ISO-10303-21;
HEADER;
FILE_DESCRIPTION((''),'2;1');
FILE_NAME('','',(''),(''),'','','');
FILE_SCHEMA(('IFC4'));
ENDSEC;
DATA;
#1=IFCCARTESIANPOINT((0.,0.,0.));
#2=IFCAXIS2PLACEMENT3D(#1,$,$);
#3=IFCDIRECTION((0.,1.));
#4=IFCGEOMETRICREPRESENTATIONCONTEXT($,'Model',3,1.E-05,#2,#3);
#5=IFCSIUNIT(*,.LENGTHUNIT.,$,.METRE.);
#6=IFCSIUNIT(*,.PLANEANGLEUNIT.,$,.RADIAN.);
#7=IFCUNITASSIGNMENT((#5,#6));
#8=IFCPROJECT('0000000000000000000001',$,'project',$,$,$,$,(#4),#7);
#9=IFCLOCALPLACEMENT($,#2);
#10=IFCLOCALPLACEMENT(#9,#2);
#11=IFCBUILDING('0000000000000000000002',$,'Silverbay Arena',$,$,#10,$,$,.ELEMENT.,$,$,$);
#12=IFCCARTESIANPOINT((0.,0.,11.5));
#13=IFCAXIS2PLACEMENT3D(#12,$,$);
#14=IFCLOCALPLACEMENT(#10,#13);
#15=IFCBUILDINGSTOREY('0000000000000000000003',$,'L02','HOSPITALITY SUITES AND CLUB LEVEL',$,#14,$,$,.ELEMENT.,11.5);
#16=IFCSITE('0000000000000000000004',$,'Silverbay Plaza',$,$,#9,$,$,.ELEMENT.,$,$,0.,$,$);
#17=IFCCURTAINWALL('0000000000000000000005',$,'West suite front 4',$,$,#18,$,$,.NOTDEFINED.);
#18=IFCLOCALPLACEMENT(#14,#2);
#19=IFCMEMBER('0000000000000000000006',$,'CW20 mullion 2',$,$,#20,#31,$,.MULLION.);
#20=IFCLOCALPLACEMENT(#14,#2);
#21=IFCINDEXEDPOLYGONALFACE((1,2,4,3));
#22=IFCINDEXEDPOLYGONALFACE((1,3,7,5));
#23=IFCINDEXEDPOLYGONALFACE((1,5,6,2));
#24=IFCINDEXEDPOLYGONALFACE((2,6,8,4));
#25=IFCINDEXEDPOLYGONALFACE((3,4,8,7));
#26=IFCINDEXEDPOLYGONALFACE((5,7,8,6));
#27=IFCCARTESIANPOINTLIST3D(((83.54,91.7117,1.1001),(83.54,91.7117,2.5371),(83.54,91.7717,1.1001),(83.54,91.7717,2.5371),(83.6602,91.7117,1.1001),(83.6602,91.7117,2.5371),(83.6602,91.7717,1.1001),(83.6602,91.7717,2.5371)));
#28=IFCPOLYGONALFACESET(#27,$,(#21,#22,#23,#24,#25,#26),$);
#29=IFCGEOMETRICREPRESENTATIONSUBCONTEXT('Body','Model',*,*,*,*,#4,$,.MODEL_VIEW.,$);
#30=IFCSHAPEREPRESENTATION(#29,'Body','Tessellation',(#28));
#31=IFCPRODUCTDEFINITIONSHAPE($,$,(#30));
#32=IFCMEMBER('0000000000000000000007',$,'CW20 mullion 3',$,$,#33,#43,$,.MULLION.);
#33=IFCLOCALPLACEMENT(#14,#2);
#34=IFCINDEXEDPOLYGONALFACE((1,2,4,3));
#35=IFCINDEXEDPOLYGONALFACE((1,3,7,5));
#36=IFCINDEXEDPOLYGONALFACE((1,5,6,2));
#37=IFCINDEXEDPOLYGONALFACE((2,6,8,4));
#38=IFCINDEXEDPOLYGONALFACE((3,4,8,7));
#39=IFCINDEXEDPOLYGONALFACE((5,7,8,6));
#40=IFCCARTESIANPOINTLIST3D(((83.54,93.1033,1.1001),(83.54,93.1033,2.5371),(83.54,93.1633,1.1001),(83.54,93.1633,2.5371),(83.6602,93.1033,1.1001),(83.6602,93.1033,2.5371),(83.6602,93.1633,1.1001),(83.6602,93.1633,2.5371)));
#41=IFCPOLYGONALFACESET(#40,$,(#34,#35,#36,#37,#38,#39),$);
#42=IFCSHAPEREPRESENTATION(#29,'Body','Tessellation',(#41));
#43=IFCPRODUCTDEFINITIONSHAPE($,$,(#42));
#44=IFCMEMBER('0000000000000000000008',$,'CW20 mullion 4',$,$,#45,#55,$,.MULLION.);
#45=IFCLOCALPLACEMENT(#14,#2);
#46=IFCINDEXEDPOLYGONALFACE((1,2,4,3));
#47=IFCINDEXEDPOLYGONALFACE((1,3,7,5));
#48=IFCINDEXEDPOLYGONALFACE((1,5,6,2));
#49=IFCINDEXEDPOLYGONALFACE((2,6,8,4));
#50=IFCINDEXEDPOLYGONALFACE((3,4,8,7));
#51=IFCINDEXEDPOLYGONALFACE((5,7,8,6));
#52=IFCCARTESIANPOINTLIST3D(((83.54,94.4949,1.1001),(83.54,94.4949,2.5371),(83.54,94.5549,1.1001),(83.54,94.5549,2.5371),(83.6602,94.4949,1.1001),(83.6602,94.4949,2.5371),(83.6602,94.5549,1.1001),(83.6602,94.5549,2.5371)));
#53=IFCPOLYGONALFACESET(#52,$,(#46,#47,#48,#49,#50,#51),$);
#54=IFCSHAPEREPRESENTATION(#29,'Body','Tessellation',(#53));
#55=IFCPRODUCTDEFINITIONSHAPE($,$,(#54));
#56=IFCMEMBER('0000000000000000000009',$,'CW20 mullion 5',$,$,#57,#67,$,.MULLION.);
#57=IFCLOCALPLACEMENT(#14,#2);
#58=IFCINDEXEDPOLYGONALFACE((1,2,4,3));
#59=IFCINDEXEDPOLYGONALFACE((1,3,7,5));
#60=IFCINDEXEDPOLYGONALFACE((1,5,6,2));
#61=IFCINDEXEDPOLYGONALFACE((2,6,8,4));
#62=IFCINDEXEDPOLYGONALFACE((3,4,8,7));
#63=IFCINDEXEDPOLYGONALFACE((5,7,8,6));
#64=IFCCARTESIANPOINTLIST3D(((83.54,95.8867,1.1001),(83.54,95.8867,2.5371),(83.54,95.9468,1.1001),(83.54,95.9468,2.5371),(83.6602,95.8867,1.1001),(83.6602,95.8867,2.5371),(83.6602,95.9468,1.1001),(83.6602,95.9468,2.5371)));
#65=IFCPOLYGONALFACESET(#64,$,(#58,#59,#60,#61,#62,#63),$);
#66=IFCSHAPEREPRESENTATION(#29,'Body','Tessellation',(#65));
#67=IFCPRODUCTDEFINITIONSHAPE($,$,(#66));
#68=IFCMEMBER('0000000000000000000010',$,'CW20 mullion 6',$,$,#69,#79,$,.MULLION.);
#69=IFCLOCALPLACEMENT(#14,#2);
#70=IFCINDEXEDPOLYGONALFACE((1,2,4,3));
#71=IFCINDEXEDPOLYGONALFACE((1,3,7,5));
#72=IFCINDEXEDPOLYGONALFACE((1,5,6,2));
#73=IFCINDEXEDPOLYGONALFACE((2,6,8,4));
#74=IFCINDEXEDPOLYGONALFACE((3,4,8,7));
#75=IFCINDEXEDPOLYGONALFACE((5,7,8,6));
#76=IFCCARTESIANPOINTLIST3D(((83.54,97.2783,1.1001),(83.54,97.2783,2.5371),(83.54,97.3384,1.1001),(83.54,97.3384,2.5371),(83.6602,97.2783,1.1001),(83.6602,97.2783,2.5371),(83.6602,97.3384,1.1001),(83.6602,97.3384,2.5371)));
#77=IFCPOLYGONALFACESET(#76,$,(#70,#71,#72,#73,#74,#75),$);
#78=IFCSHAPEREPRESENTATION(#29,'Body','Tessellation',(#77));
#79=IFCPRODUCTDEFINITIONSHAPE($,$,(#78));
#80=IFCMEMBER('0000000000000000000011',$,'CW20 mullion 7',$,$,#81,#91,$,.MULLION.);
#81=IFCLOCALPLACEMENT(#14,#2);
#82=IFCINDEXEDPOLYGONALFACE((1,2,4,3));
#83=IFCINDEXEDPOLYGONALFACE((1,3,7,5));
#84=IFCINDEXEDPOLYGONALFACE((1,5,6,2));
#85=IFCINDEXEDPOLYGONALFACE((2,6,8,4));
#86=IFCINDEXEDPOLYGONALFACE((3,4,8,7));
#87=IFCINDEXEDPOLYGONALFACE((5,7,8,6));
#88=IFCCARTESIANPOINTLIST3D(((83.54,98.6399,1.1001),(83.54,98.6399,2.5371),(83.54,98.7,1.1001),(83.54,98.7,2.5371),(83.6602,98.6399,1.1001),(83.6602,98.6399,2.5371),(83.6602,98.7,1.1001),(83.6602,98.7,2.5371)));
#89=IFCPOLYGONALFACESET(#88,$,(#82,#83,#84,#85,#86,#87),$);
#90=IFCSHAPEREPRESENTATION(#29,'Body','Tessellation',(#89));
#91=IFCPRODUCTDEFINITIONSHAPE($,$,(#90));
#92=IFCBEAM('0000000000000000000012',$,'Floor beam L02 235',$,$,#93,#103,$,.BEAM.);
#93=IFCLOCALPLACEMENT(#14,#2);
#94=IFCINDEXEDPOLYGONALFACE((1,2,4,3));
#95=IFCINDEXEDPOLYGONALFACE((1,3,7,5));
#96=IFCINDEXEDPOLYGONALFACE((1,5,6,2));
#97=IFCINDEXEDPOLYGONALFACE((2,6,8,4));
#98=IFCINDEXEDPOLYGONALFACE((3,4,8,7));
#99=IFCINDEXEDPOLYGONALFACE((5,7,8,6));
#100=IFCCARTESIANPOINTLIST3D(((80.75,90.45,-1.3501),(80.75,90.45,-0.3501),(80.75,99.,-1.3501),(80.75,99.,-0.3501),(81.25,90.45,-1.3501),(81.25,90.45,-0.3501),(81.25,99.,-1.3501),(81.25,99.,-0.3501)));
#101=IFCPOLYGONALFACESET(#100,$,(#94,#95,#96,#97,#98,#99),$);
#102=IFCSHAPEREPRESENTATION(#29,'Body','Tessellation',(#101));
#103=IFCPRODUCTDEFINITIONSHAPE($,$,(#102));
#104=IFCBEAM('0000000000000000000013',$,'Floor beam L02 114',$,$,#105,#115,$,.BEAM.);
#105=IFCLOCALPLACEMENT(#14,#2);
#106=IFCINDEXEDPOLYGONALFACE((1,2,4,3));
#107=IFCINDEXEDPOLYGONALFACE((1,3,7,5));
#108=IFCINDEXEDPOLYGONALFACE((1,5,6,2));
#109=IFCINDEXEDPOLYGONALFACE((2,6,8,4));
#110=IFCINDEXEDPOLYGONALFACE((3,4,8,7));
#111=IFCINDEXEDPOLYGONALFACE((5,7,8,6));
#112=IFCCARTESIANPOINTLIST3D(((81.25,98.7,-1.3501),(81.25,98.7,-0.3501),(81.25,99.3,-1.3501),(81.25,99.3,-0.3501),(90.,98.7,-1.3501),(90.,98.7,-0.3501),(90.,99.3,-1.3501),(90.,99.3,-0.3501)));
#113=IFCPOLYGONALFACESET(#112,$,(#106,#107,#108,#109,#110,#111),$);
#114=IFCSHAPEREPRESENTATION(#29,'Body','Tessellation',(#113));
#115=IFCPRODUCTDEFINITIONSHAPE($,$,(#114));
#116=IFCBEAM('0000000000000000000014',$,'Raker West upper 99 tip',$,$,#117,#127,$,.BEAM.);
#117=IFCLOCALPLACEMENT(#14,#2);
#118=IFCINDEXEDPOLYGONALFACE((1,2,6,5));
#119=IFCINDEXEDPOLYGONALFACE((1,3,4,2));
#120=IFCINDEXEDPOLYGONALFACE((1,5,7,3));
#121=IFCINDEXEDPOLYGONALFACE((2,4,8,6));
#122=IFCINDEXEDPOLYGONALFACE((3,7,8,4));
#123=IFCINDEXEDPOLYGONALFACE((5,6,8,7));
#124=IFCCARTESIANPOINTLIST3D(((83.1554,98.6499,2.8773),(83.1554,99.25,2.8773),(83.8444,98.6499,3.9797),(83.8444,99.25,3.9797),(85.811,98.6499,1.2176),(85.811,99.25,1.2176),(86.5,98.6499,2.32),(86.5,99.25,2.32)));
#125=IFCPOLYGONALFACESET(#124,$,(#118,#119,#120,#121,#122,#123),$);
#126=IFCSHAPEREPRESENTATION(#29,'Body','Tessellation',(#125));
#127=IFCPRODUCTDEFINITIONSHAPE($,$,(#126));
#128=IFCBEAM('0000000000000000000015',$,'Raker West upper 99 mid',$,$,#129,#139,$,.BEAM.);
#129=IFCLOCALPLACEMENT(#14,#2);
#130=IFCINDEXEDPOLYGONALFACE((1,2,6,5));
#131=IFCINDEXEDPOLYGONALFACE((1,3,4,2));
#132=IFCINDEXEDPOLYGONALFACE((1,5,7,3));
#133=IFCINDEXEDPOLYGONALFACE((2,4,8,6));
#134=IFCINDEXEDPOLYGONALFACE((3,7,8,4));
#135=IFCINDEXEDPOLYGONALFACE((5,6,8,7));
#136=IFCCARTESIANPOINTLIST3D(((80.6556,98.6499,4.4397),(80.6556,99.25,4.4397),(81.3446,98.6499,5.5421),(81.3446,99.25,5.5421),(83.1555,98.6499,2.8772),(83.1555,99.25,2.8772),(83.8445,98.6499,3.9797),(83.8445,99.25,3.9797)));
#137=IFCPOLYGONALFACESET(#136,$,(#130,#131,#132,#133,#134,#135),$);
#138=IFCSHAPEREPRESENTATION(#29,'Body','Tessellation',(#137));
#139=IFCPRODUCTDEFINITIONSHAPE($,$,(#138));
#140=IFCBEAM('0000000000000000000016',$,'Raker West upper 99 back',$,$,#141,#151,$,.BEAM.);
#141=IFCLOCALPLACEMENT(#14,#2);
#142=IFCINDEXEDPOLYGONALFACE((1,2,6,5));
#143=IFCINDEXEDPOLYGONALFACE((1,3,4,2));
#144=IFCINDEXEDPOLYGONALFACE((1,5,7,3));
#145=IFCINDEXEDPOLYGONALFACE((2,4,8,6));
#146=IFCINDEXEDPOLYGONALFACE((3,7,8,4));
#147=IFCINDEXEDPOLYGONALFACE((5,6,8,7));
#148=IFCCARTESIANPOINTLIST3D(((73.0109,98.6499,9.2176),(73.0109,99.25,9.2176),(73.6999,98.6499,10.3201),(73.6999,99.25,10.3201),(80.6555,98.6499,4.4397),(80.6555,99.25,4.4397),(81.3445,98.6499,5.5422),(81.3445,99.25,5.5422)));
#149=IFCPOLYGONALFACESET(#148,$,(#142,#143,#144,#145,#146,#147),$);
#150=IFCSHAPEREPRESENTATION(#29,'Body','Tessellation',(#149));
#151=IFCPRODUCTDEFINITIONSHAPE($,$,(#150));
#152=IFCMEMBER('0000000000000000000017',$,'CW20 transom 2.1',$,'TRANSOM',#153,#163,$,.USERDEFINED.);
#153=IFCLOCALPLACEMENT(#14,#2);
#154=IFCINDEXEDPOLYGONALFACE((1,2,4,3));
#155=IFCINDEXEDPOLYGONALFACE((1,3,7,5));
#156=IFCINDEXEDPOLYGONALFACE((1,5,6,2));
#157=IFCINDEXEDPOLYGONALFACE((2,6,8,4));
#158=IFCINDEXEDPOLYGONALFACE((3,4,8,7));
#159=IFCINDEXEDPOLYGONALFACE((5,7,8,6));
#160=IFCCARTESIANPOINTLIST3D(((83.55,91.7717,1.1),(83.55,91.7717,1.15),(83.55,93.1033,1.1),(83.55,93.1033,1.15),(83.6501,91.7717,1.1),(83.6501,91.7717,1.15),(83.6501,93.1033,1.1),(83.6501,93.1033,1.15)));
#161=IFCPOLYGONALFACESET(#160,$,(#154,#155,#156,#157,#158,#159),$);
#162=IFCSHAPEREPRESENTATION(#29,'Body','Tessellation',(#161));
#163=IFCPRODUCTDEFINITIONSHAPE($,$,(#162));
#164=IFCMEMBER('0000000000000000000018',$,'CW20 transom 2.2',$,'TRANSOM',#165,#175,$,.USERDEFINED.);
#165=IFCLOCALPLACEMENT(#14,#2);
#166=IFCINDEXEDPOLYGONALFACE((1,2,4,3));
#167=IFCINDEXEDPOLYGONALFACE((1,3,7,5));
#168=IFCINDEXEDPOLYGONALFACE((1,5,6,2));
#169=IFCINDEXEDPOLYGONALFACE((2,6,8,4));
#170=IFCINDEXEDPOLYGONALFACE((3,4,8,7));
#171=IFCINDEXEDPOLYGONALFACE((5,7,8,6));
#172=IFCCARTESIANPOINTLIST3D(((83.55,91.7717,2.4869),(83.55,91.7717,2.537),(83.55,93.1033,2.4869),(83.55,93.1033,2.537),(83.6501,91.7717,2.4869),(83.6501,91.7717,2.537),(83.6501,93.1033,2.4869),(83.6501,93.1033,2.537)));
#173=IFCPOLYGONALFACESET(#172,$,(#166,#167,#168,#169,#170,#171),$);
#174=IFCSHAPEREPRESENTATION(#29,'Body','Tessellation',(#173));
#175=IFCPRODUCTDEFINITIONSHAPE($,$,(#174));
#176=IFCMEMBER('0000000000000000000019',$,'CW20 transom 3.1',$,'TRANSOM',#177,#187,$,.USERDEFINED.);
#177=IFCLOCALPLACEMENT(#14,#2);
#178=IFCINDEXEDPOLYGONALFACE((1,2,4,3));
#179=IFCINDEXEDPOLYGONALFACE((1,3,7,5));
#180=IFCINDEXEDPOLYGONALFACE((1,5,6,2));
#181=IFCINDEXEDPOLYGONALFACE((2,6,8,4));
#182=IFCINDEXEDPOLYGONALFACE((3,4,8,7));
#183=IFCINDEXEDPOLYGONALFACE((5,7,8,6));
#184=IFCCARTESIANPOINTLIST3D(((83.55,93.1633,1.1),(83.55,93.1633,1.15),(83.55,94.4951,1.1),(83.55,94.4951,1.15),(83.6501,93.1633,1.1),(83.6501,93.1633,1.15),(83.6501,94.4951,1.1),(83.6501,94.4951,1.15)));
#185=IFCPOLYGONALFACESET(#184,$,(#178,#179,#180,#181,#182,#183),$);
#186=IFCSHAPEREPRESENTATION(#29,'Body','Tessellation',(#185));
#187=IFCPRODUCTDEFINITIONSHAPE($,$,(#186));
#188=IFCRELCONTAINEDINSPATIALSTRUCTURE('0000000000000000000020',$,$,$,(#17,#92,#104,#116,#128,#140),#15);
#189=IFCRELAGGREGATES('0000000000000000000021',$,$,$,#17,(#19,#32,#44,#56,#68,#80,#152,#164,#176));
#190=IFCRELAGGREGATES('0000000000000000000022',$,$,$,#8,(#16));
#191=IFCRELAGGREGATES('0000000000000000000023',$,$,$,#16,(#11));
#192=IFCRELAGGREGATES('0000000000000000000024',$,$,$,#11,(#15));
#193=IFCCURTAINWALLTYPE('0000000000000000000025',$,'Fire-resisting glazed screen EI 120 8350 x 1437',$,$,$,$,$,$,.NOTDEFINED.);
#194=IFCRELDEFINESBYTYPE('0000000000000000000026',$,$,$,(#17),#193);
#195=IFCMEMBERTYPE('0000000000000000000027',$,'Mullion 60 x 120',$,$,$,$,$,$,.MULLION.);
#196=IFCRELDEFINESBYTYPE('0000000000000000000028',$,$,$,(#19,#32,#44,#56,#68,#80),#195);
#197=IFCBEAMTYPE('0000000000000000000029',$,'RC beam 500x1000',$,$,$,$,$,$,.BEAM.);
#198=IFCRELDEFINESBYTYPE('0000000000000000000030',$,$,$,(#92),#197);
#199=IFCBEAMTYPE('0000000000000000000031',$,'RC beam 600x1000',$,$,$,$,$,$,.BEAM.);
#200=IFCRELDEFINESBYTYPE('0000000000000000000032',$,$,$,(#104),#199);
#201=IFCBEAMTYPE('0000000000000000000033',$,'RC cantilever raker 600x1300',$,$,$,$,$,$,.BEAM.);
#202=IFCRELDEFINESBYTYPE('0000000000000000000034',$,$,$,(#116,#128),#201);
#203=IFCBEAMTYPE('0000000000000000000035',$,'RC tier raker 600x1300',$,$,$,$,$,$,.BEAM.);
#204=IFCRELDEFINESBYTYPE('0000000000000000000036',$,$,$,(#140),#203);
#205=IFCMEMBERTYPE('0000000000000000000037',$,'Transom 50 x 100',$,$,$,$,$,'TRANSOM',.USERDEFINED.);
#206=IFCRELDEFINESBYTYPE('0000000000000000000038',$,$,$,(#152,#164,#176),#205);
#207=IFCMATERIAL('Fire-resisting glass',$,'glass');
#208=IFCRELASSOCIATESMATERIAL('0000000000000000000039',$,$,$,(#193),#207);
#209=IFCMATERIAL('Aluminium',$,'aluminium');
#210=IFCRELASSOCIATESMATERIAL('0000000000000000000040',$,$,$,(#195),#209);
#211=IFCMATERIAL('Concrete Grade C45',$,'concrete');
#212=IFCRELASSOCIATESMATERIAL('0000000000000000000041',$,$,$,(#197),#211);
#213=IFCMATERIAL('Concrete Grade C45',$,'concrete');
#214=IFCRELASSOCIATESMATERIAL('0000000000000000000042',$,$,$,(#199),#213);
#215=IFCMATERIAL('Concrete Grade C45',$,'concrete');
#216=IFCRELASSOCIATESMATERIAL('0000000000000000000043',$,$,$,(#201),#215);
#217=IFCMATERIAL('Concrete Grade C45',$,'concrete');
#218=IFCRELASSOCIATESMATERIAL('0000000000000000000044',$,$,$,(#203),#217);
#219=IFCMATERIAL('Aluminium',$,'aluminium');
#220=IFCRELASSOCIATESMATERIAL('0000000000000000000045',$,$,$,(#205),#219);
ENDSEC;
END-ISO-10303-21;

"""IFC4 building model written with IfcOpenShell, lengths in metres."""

from ifc_helpers import new_model, si_unit, direction, frame, origin, origin_2d, place, context, subcontext, project, spatial, rectangle, extrude, material, material_profile, profile_set, type_object, element, aggregate, save


model = new_model("IFC4")

# Units and contexts
model_context = context("Model", 3, precision=1e-05, world=origin(), true_north=direction((0.0, 1.0)))
body_context = subcontext(model_context, "Body", "Model", "MODEL_VIEW")
ifc_project = project(units=[si_unit("LENGTHUNIT", "METRE"), si_unit("PLANEANGLEUNIT", "RADIAN")], contexts=[model_context])

# Site, building, storey
site_placement = place(None, origin())
site = spatial("IfcSite", under=ifc_project, at=site_placement, Name="Silverbay Plaza", CompositionType="ELEMENT", RefElevation=0.0)
building_placement = place(site_placement, origin())
building = spatial("IfcBuilding", under=site, at=building_placement, Name="Silverbay Arena", CompositionType="ELEMENT")
storey_placement = place(building_placement, frame((0.0, 0.0, 11.5)))
storey = spatial("IfcBuildingStorey", under=building, at=storey_placement, Name="L02", Description="HOSPITALITY SUITES AND CLUB LEVEL", CompositionType="ELEMENT", Elevation=11.5)

# Curtain wall, members
ifc_material_1 = material(Name="Fire-resisting glass", Category="glass")
curtain_wall_type = type_object("IfcCurtainWallType", Name="Fire-resisting glazed screen EI 120 8350 x 1437", PredefinedType="NOTDEFINED", material=ifc_material_1)
curtain_wall_placement = place(storey_placement, origin())
curtain_wall = element("IfcCurtainWall", 1, at=curtain_wall_placement, inside=storey, type_object=curtain_wall_type, Name="West suite front 4", PredefinedType="NOTDEFINED")
ifc_material_2 = material(Name="Aluminium", Category="aluminium")
ifc_material_profile_1 = material_profile(ifc_material_2, rectangle(XDim=0.1201, YDim=0.0601, at=origin_2d()), Name="Mullion 60 x 120")
ifc_profile_set_1 = profile_set([ifc_material_profile_1], Name="Aluminium")
member_type_1 = type_object("IfcMemberType", Name="Mullion 60 x 120", PredefinedType="MULLION", material=ifc_profile_set_1)
member_1_placement = place(storey_placement, frame((83.6001, 91.7417, 1.1001), z_axis=(0.0, 0.0, 1.0), x_axis=(-1.0, 0.0, 0.0)))
member_1 = element("IfcMember", 2, at=member_1_placement, type_object=member_type_1, Name="CW20 mullion 2", PredefinedType="MULLION", context=body_context, shape_type="SweptSolid", body=[
    extrude(rectangle(XDim=0.1201, YDim=0.0601, at=origin_2d()), origin(), (0.0, 0.0, 1.0), 1.437),
])
member_2_placement = place(storey_placement, frame((83.6001, 93.1333, 1.1001), z_axis=(0.0, 0.0, 1.0), x_axis=(-1.0, 0.0, 0.0)))
member_2 = element("IfcMember", 3, at=member_2_placement, type_object=member_type_1, Name="CW20 mullion 3", PredefinedType="MULLION", context=body_context, shape_type="SweptSolid", body=[
    extrude(rectangle(XDim=0.1201, YDim=0.0601, at=origin_2d()), origin(), (0.0, 0.0, 1.0), 1.437),
])
member_3_placement = place(storey_placement, frame((83.6001, 94.5249, 1.1001), z_axis=(0.0, 0.0, 1.0), x_axis=(-1.0, 0.0, 0.0)))
member_3 = element("IfcMember", 4, at=member_3_placement, type_object=member_type_1, Name="CW20 mullion 4", PredefinedType="MULLION", context=body_context, shape_type="SweptSolid", body=[
    extrude(rectangle(XDim=0.1201, YDim=0.0601, at=origin_2d()), origin(), (0.0, 0.0, 1.0), 1.437),
])
member_4_placement = place(storey_placement, frame((83.6001, 95.9167, 1.1001), z_axis=(0.0, 0.0, 1.0), x_axis=(-1.0, 0.0, 0.0)))
member_4 = element("IfcMember", 5, at=member_4_placement, type_object=member_type_1, Name="CW20 mullion 5", PredefinedType="MULLION", context=body_context, shape_type="SweptSolid", body=[
    extrude(rectangle(XDim=0.1201, YDim=0.0601, at=origin_2d()), origin(), (0.0, 0.0, 1.0), 1.437),
])
member_5_placement = place(storey_placement, frame((83.6001, 97.3083, 1.1001), z_axis=(0.0, 0.0, 1.0), x_axis=(-1.0, 0.0, 0.0)))
member_5 = element("IfcMember", 6, at=member_5_placement, type_object=member_type_1, Name="CW20 mullion 6", PredefinedType="MULLION", context=body_context, shape_type="SweptSolid", body=[
    extrude(rectangle(XDim=0.1201, YDim=0.0601, at=origin_2d()), origin(), (0.0, 0.0, 1.0), 1.437),
])
member_6_placement = place(storey_placement, frame((83.6001, 98.6699, 1.1001), z_axis=(0.0, 0.0, 1.0), x_axis=(-1.0, 0.0, 0.0)))
member_6 = element("IfcMember", 7, at=member_6_placement, type_object=member_type_1, Name="CW20 mullion 7", PredefinedType="MULLION", context=body_context, shape_type="SweptSolid", body=[
    extrude(rectangle(XDim=0.1201, YDim=0.0601, at=origin_2d()), origin(), (0.0, 0.0, 1.0), 1.437),
])

# Beams
ifc_material_3 = material(Name="Concrete Grade C45", Category="concrete")
ifc_material_profile_2 = material_profile(ifc_material_3, rectangle(XDim=0.5, YDim=1.0, at=origin_2d()), Name="RC 500x1000")
ifc_profile_set_2 = profile_set([ifc_material_profile_2], Name="Concrete Grade C45")
beam_type_1 = type_object("IfcBeamType", Name="RC beam 500x1000", PredefinedType="BEAM", material=ifc_profile_set_2)
beam_1_placement = place(storey_placement, frame((81.0, 90.45, -0.8501), z_axis=(0.0, 1.0, 0.0), x_axis=(-1.0, 0.0, 0.0)))
element("IfcBeam", 8, at=beam_1_placement, inside=storey, type_object=beam_type_1, Name="Floor beam L02 235", PredefinedType="BEAM", context=body_context, shape_type="SweptSolid", body=[
    extrude(rectangle(XDim=0.5, YDim=1.0, at=origin_2d()), origin(), (0.0, 0.0, 1.0), 8.55),
])
ifc_material_4 = material(Name="Concrete Grade C45", Category="concrete")
ifc_material_profile_3 = material_profile(ifc_material_4, rectangle(XDim=0.6001, YDim=1.0, at=origin_2d()), Name="RC 600x1000")
ifc_profile_set_3 = profile_set([ifc_material_profile_3], Name="Concrete Grade C45")
beam_type_2 = type_object("IfcBeamType", Name="RC beam 600x1000", PredefinedType="BEAM", material=ifc_profile_set_3)
beam_2_placement = place(storey_placement, frame((81.25, 99.0, -0.8501), z_axis=(1.0, 0.0, 0.0), x_axis=(0.0, 1.0, 0.0)))
element("IfcBeam", 9, at=beam_2_placement, inside=storey, type_object=beam_type_2, Name="Floor beam L02 114", PredefinedType="BEAM", context=body_context, shape_type="SweptSolid", body=[
    extrude(rectangle(XDim=0.6001, YDim=1.0, at=origin_2d()), origin(), (0.0, 0.0, 1.0), 8.75),
])
ifc_material_5 = material(Name="Concrete Grade C45", Category="concrete")
ifc_material_profile_4 = material_profile(ifc_material_5, rectangle(XDim=0.6001, YDim=1.3, at=origin_2d()), Name="RC 600x1300")
ifc_profile_set_4 = profile_set([ifc_material_profile_4], Name="Concrete Grade C45")
beam_type_3 = type_object("IfcBeamType", Name="RC cantilever raker 600x1300", PredefinedType="BEAM", material=ifc_profile_set_4)
beam_3_placement = place(storey_placement, frame((86.1555, 98.95, 1.7688), z_axis=(-0.848003, 0.0, 0.529992), x_axis=(0.0, -1.0, 0.0)))
element("IfcBeam", 10, at=beam_3_placement, inside=storey, type_object=beam_type_3, Name="Raker West upper 99 tip", PredefinedType="BEAM", context=body_context, shape_type="SweptSolid", body=[
    extrude(rectangle(XDim=0.6001, YDim=1.3, at=origin_2d()), origin(), (0.0, 0.0, 1.0), 3.1316),
])
beam_4_placement = place(storey_placement, frame((83.5, 98.95, 3.4285), z_axis=(-0.847998, 0.0, 0.529999), x_axis=(0.0, -1.0, 0.0)))
element("IfcBeam", 11, at=beam_4_placement, inside=storey, type_object=beam_type_3, Name="Raker West upper 99 mid", PredefinedType="BEAM", context=body_context, shape_type="SweptSolid", body=[
    extrude(rectangle(XDim=0.6001, YDim=1.3, at=origin_2d()), origin(), (0.0, 0.0, 1.0), 2.948),
])
ifc_material_6 = material(Name="Concrete Grade C45", Category="concrete")
ifc_material_profile_5 = material_profile(ifc_material_6, rectangle(XDim=0.6001, YDim=1.3, at=origin_2d()), Name="RC 600x1300")
ifc_profile_set_5 = profile_set([ifc_material_profile_5], Name="Concrete Grade C45")
beam_type_4 = type_object("IfcBeamType", Name="RC tier raker 600x1300", PredefinedType="BEAM", material=ifc_profile_set_5)
beam_5_placement = place(storey_placement, frame((81.0, 98.95, 4.991), z_axis=(-0.847998, 0.0, 0.529999), x_axis=(0.0, -1.0, 0.0)))
element("IfcBeam", 12, at=beam_5_placement, inside=storey, type_object=beam_type_4, Name="Raker West upper 99 back", PredefinedType="BEAM", context=body_context, shape_type="SweptSolid", body=[
    extrude(rectangle(XDim=0.6001, YDim=1.3, at=origin_2d()), origin(), (0.0, 0.0, 1.0), 9.0149),
])

# Members
ifc_material_7 = material(Name="Aluminium", Category="aluminium")
ifc_material_profile_6 = material_profile(ifc_material_7, rectangle(XDim=0.1001, YDim=0.05, at=origin_2d()), Name="Transom 50 x 100")
ifc_profile_set_6 = profile_set([ifc_material_profile_6], Name="Aluminium")
member_type_2 = type_object("IfcMemberType", Name="Transom 50 x 100", ElementType="TRANSOM", PredefinedType="USERDEFINED", material=ifc_profile_set_6)
member_7_placement = place(storey_placement, frame((83.6001, 91.7717, 1.125), z_axis=(0.0, 1.0, 0.0), x_axis=(-1.0, 0.0, 0.0)))
member_7 = element("IfcMember", 13, at=member_7_placement, type_object=member_type_2, Name="CW20 transom 2.1", ObjectType="TRANSOM", PredefinedType="USERDEFINED", context=body_context, shape_type="SweptSolid", body=[
    extrude(rectangle(XDim=0.1001, YDim=0.05, at=origin_2d()), origin(), (0.0, 0.0, 1.0), 1.3315),
])
member_8_placement = place(storey_placement, frame((83.6001, 91.7717, 2.512), z_axis=(0.0, 1.0, 0.0), x_axis=(-1.0, 0.0, 0.0)))
member_8 = element("IfcMember", 14, at=member_8_placement, type_object=member_type_2, Name="CW20 transom 2.2", ObjectType="TRANSOM", PredefinedType="USERDEFINED", context=body_context, shape_type="SweptSolid", body=[
    extrude(rectangle(XDim=0.1001, YDim=0.05, at=origin_2d()), origin(), (0.0, 0.0, 1.0), 1.3315),
])
member_9_placement = place(storey_placement, frame((83.6001, 93.1633, 1.125), z_axis=(0.0, 1.0, 0.0), x_axis=(-1.0, 0.0, 0.0)))
member_9 = element("IfcMember", 15, at=member_9_placement, type_object=member_type_2, Name="CW20 transom 3.1", ObjectType="TRANSOM", PredefinedType="USERDEFINED", context=body_context, shape_type="SweptSolid", body=[
    extrude(rectangle(XDim=0.1001, YDim=0.05, at=origin_2d()), origin(), (0.0, 0.0, 1.0), 1.3318),
])

aggregate(curtain_wall, [member_1, member_2, member_3, member_4, member_5, member_6, member_7, member_8, member_9])

save(model, "model.ifc")
